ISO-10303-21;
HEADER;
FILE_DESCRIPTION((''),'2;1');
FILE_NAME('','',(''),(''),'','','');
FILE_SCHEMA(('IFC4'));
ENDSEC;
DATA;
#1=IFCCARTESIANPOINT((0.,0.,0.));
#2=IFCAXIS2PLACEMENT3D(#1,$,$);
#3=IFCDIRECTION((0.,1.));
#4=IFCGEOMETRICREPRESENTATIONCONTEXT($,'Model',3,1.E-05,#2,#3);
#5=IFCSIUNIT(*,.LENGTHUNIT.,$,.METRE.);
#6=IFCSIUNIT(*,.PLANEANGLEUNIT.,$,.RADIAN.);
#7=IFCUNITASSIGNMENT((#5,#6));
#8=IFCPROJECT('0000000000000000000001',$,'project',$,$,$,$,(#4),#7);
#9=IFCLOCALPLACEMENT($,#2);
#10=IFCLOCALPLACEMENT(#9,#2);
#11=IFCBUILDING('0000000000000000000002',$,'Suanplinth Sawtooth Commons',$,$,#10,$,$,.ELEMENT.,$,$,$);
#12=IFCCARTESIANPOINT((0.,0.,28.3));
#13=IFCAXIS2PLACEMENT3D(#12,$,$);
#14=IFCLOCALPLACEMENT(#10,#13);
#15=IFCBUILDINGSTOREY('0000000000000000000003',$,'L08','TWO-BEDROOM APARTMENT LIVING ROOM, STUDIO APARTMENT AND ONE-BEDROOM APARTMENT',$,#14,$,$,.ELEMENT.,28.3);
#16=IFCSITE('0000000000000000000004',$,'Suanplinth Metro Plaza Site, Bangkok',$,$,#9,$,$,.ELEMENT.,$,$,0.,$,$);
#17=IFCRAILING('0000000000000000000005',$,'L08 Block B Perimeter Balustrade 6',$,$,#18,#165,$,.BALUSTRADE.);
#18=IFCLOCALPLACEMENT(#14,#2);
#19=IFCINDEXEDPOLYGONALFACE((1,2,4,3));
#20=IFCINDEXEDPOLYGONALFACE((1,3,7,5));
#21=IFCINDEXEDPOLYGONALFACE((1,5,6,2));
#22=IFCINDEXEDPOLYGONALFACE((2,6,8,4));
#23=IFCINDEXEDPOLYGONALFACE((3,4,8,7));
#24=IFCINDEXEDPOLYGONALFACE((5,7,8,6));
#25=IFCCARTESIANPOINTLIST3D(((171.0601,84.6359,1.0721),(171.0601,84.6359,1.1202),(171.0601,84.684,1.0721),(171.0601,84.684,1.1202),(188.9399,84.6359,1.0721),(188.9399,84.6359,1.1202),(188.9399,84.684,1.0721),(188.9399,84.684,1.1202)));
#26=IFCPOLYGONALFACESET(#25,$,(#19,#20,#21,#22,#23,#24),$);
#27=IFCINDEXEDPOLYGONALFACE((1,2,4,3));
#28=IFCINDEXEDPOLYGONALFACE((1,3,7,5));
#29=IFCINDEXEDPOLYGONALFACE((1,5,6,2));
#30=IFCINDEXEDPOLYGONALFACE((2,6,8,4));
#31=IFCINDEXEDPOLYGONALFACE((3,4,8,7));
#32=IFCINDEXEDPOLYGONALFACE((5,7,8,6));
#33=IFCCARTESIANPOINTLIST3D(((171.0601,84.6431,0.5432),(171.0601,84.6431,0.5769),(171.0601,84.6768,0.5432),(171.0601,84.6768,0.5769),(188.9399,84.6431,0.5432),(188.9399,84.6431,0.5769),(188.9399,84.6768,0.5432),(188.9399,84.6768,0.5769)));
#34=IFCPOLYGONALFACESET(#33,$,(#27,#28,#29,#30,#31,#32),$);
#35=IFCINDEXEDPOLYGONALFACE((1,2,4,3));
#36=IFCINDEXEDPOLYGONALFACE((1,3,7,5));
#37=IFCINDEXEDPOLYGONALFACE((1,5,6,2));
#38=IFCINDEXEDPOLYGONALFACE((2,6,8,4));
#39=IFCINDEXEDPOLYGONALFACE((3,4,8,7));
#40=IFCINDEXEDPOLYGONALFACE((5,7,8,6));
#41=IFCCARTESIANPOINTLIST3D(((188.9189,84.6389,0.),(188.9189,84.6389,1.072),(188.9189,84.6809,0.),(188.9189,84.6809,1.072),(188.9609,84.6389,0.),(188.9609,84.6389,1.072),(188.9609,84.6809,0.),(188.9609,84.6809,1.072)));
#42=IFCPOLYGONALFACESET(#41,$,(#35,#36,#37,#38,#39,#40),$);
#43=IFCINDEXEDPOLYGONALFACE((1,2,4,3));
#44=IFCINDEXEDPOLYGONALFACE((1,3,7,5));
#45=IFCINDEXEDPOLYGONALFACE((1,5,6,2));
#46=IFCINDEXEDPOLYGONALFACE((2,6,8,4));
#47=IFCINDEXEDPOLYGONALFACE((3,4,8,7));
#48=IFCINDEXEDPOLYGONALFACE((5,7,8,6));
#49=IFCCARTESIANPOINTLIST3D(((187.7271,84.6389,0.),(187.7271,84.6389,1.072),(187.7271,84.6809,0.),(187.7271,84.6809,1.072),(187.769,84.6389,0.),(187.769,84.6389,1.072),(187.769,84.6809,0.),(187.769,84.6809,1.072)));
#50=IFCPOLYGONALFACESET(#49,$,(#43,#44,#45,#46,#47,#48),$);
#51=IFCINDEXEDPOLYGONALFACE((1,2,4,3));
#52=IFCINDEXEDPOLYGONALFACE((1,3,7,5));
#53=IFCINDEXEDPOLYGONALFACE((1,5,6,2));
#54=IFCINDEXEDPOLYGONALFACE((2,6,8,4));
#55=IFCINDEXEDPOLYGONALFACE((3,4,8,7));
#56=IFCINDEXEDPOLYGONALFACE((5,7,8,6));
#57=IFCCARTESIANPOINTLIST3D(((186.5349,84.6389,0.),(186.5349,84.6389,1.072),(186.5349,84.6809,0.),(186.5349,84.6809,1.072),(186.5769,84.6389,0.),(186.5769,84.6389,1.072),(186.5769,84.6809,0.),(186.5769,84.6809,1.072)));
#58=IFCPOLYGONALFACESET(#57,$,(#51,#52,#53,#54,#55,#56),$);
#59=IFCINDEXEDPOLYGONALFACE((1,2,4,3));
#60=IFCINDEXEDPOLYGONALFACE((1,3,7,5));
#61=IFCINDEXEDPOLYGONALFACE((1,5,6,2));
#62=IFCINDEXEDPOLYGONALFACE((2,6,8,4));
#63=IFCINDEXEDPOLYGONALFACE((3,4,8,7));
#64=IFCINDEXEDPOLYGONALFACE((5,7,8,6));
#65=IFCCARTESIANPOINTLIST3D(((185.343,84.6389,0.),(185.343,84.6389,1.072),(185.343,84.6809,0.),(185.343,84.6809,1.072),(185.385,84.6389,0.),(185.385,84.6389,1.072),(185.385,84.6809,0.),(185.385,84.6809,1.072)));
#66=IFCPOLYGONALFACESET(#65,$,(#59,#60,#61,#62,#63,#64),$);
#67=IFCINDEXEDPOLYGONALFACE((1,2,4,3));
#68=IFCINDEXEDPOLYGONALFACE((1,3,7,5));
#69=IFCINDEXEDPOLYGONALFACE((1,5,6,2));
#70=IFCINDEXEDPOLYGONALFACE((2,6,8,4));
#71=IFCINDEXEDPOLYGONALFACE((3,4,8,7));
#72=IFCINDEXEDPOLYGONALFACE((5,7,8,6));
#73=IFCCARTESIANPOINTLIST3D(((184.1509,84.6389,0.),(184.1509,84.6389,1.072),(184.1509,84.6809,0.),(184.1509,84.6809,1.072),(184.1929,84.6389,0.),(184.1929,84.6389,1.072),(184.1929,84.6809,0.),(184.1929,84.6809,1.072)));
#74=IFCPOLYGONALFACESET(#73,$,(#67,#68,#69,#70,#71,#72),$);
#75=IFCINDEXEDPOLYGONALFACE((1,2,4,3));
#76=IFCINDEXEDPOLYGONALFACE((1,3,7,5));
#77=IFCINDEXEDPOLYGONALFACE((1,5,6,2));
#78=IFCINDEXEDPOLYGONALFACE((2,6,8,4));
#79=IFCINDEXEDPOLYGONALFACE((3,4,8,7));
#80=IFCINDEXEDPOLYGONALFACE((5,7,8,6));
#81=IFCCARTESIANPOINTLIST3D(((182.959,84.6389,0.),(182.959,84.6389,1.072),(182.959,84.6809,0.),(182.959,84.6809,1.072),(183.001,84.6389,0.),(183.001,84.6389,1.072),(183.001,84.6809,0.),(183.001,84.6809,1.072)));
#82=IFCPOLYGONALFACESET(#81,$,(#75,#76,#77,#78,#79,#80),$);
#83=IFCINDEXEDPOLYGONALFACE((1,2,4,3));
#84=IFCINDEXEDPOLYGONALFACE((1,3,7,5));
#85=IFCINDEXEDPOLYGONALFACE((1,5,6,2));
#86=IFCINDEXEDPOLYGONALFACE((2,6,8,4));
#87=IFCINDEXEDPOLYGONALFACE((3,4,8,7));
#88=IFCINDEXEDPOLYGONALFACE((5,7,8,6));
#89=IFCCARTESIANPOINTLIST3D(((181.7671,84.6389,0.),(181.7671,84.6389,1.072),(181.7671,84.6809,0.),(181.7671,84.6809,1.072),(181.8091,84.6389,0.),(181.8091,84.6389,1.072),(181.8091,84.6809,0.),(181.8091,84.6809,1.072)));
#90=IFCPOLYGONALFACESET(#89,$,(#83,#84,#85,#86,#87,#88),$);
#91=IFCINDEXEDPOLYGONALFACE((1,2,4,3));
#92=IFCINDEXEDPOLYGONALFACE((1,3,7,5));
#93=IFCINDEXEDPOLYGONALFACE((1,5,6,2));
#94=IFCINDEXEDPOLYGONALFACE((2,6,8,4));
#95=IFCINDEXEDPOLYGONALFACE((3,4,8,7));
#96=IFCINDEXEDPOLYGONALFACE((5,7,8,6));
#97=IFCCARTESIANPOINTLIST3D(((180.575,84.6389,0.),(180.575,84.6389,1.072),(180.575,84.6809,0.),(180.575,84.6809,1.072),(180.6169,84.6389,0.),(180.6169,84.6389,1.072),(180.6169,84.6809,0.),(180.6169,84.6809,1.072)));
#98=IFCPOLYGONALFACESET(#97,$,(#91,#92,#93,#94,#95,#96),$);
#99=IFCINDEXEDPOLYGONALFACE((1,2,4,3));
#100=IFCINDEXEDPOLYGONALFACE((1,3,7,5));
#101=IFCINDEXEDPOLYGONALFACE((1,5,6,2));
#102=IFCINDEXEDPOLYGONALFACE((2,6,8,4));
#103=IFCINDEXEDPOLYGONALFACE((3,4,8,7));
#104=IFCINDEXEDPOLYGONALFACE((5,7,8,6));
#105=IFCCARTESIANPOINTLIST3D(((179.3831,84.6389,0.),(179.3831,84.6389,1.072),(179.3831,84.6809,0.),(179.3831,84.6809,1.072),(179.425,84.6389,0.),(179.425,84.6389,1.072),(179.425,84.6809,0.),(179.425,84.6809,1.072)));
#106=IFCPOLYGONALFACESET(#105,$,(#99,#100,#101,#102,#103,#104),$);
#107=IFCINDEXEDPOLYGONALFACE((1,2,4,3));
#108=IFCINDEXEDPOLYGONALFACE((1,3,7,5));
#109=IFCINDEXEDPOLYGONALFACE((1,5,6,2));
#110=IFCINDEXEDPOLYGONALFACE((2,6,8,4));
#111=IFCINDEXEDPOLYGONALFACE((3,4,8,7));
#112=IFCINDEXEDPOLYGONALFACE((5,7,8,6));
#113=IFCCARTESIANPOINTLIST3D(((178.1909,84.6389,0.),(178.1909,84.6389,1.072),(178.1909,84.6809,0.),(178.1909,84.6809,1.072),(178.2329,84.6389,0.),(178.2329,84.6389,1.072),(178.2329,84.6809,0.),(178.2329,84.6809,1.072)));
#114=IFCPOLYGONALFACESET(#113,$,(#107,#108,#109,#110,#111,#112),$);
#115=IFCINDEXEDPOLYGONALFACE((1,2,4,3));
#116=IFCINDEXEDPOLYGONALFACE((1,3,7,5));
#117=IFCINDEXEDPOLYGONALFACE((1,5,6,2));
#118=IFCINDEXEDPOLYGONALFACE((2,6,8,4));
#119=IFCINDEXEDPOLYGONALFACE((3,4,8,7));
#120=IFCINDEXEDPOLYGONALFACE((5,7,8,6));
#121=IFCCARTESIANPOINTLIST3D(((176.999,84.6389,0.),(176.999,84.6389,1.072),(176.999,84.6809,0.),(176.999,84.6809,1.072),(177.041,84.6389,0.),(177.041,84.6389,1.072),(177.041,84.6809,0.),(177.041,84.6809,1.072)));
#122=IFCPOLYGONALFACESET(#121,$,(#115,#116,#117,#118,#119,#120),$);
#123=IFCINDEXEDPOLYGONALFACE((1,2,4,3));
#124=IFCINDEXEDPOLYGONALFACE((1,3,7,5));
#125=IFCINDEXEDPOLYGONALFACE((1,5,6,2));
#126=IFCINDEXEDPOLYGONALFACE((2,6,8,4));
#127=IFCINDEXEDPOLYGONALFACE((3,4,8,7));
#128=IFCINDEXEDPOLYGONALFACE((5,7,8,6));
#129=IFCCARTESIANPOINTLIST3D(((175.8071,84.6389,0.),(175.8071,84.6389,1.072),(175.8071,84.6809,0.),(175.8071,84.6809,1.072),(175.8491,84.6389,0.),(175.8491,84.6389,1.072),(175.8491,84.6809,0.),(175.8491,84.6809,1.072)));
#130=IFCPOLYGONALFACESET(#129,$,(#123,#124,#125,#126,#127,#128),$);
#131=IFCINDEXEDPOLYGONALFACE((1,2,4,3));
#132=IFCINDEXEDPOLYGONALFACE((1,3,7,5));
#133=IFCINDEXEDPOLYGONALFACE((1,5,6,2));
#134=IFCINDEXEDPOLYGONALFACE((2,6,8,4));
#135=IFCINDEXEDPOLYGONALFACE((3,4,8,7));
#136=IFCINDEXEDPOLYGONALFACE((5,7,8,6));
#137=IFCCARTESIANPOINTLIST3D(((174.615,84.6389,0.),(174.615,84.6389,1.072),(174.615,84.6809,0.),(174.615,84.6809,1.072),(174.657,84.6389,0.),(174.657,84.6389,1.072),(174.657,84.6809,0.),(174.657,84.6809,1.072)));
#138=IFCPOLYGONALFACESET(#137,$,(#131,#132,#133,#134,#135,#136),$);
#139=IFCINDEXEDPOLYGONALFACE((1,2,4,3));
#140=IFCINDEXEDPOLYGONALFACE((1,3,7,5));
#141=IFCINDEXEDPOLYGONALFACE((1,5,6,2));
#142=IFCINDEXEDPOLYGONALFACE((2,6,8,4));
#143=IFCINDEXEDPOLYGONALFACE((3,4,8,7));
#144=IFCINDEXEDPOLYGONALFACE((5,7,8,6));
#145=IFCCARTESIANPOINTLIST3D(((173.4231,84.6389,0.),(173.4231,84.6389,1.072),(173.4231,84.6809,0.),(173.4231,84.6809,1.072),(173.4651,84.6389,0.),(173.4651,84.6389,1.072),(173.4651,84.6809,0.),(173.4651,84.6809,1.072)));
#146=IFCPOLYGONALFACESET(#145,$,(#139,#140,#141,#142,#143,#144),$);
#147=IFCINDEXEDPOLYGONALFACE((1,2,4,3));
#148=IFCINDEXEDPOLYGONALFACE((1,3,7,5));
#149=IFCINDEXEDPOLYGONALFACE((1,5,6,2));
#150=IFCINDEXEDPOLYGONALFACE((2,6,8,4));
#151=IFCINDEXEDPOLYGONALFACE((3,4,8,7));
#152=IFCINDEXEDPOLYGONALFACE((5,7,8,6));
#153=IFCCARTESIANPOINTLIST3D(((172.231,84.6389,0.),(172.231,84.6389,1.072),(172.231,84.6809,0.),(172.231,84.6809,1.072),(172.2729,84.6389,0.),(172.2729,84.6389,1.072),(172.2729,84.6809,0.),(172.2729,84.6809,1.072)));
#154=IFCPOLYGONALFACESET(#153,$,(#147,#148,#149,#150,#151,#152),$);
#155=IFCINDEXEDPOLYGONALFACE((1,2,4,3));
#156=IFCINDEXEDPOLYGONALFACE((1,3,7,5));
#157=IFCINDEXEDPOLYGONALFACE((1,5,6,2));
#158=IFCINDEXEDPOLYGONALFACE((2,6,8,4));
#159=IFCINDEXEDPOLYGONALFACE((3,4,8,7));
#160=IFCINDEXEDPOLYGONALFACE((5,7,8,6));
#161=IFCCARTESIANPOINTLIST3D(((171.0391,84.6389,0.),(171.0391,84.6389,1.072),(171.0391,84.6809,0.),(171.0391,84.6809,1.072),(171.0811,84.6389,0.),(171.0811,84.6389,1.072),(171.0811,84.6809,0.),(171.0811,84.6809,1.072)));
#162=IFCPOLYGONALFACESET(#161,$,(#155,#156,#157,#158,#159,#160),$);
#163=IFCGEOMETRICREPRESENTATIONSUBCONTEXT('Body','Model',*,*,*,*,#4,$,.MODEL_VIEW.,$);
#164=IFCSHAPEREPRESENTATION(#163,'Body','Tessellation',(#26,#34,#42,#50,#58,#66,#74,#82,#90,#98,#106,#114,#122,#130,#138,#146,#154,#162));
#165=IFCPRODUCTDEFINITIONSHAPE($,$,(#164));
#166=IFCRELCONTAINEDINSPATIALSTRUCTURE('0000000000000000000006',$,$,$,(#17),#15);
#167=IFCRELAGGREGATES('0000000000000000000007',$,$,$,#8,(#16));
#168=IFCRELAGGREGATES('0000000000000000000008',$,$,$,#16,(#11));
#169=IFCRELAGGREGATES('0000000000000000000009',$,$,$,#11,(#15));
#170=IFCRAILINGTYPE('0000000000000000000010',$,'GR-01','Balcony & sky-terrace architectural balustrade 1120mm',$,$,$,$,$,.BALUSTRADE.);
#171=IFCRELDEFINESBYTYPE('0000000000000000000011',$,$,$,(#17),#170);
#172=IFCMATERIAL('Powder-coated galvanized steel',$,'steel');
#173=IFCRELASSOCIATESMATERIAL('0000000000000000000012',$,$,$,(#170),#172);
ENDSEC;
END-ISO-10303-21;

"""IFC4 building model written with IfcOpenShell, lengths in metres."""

from ifc_helpers import new_model, si_unit, direction, frame, origin, origin_2d, place, context, subcontext, project, spatial, rectangle, extrude, material, type_object, element, save


model = new_model("IFC4")

# Units and contexts
model_context = context("Model", 3, precision=1e-05, world=origin(), true_north=direction((0.0, 1.0)))
body_context = subcontext(model_context, "Body", "Model", "MODEL_VIEW")
ifc_project = project(units=[si_unit("LENGTHUNIT", "METRE"), si_unit("PLANEANGLEUNIT", "RADIAN")], contexts=[model_context])

# Site, building, storey
site_placement = place(None, origin())
site = spatial("IfcSite", under=ifc_project, at=site_placement, Name="Suanplinth Metro Plaza Site, Bangkok", CompositionType="ELEMENT", RefElevation=0.0)
building_placement = place(site_placement, origin())
building = spatial("IfcBuilding", under=site, at=building_placement, Name="Suanplinth Sawtooth Commons", CompositionType="ELEMENT")
storey_placement = place(building_placement, frame((0.0, 0.0, 28.3)))
storey = spatial("IfcBuildingStorey", under=building, at=storey_placement, Name="L08", Description="TWO-BEDROOM APARTMENT LIVING ROOM, STUDIO APARTMENT AND ONE-BEDROOM APARTMENT", CompositionType="ELEMENT", Elevation=28.3)

# Railing
ifc_material_1 = material(Name="Powder-coated galvanized steel", Category="steel")
railing_type = type_object("IfcRailingType", Name="GR-01", Description="Balcony & sky-terrace architectural balustrade 1120mm", PredefinedType="BALUSTRADE", material=ifc_material_1)
railing_1_placement = place(storey_placement, frame((188.9399, 84.6599, 0.0)))
element("IfcRailing", 1, at=railing_1_placement, inside=storey, type_object=railing_type, Name="L08 Block B Perimeter Balustrade 6", PredefinedType="BALUSTRADE", context=body_context, shape_type="SweptSolid", body=[
    extrude(rectangle(XDim=0.0481, YDim=0.0481, at=origin_2d()), frame((0.0, 0.0, 1.0962), z_axis=(-1.0, 0.0, 0.0), x_axis=(0.0, -1.0, 0.0)), (0.0, 0.0, 1.0), 17.8799),
    extrude(rectangle(XDim=0.0337, YDim=0.0337, at=origin_2d()), frame((0.0, 0.0, 0.5601), z_axis=(-1.0, 0.0, 0.0), x_axis=(0.0, -1.0, 0.0)), (0.0, 0.0, 1.0), 17.8799),
    extrude(rectangle(XDim=0.042, YDim=0.042, at=origin_2d()), origin(), (0.0, 0.0, 1.0), 1.072),
    extrude(rectangle(XDim=0.042, YDim=0.042, at=origin_2d()), frame((-1.1919, 0.0, 0.0)), (0.0, 0.0, 1.0), 1.072),
    extrude(rectangle(XDim=0.042, YDim=0.042, at=origin_2d()), frame((-2.384, 0.0, 0.0)), (0.0, 0.0, 1.0), 1.072),
    extrude(rectangle(XDim=0.042, YDim=0.042, at=origin_2d()), frame((-3.5759, 0.0, 0.0)), (0.0, 0.0, 1.0), 1.072),
    extrude(rectangle(XDim=0.042, YDim=0.042, at=origin_2d()), frame((-4.7681, 0.0, 0.0)), (0.0, 0.0, 1.0), 1.072),
    extrude(rectangle(XDim=0.042, YDim=0.042, at=origin_2d()), frame((-5.96, 0.0, 0.0)), (0.0, 0.0, 1.0), 1.072),
    extrude(rectangle(XDim=0.042, YDim=0.042, at=origin_2d()), frame((-7.1519, 0.0, 0.0)), (0.0, 0.0, 1.0), 1.072),
    extrude(rectangle(XDim=0.042, YDim=0.042, at=origin_2d()), frame((-8.344, 0.0, 0.0)), (0.0, 0.0, 1.0), 1.072),
    extrude(rectangle(XDim=0.042, YDim=0.042, at=origin_2d()), frame((-9.5359, 0.0, 0.0)), (0.0, 0.0, 1.0), 1.072),
    extrude(rectangle(XDim=0.042, YDim=0.042, at=origin_2d()), frame((-10.728, 0.0, 0.0)), (0.0, 0.0, 1.0), 1.072),
    extrude(rectangle(XDim=0.042, YDim=0.042, at=origin_2d()), frame((-11.9199, 0.0, 0.0)), (0.0, 0.0, 1.0), 1.072),
    extrude(rectangle(XDim=0.042, YDim=0.042, at=origin_2d()), frame((-13.1118, 0.0, 0.0)), (0.0, 0.0, 1.0), 1.072),
    extrude(rectangle(XDim=0.042, YDim=0.042, at=origin_2d()), frame((-14.304, 0.0, 0.0)), (0.0, 0.0, 1.0), 1.072),
    extrude(rectangle(XDim=0.042, YDim=0.042, at=origin_2d()), frame((-15.4958, 0.0, 0.0)), (0.0, 0.0, 1.0), 1.072),
    extrude(rectangle(XDim=0.042, YDim=0.042, at=origin_2d()), frame((-16.688, 0.0, 0.0)), (0.0, 0.0, 1.0), 1.072),
    extrude(rectangle(XDim=0.042, YDim=0.042, at=origin_2d()), frame((-17.8799, 0.0, 0.0)), (0.0, 0.0, 1.0), 1.072),
])

save(model, "model.ifc")
